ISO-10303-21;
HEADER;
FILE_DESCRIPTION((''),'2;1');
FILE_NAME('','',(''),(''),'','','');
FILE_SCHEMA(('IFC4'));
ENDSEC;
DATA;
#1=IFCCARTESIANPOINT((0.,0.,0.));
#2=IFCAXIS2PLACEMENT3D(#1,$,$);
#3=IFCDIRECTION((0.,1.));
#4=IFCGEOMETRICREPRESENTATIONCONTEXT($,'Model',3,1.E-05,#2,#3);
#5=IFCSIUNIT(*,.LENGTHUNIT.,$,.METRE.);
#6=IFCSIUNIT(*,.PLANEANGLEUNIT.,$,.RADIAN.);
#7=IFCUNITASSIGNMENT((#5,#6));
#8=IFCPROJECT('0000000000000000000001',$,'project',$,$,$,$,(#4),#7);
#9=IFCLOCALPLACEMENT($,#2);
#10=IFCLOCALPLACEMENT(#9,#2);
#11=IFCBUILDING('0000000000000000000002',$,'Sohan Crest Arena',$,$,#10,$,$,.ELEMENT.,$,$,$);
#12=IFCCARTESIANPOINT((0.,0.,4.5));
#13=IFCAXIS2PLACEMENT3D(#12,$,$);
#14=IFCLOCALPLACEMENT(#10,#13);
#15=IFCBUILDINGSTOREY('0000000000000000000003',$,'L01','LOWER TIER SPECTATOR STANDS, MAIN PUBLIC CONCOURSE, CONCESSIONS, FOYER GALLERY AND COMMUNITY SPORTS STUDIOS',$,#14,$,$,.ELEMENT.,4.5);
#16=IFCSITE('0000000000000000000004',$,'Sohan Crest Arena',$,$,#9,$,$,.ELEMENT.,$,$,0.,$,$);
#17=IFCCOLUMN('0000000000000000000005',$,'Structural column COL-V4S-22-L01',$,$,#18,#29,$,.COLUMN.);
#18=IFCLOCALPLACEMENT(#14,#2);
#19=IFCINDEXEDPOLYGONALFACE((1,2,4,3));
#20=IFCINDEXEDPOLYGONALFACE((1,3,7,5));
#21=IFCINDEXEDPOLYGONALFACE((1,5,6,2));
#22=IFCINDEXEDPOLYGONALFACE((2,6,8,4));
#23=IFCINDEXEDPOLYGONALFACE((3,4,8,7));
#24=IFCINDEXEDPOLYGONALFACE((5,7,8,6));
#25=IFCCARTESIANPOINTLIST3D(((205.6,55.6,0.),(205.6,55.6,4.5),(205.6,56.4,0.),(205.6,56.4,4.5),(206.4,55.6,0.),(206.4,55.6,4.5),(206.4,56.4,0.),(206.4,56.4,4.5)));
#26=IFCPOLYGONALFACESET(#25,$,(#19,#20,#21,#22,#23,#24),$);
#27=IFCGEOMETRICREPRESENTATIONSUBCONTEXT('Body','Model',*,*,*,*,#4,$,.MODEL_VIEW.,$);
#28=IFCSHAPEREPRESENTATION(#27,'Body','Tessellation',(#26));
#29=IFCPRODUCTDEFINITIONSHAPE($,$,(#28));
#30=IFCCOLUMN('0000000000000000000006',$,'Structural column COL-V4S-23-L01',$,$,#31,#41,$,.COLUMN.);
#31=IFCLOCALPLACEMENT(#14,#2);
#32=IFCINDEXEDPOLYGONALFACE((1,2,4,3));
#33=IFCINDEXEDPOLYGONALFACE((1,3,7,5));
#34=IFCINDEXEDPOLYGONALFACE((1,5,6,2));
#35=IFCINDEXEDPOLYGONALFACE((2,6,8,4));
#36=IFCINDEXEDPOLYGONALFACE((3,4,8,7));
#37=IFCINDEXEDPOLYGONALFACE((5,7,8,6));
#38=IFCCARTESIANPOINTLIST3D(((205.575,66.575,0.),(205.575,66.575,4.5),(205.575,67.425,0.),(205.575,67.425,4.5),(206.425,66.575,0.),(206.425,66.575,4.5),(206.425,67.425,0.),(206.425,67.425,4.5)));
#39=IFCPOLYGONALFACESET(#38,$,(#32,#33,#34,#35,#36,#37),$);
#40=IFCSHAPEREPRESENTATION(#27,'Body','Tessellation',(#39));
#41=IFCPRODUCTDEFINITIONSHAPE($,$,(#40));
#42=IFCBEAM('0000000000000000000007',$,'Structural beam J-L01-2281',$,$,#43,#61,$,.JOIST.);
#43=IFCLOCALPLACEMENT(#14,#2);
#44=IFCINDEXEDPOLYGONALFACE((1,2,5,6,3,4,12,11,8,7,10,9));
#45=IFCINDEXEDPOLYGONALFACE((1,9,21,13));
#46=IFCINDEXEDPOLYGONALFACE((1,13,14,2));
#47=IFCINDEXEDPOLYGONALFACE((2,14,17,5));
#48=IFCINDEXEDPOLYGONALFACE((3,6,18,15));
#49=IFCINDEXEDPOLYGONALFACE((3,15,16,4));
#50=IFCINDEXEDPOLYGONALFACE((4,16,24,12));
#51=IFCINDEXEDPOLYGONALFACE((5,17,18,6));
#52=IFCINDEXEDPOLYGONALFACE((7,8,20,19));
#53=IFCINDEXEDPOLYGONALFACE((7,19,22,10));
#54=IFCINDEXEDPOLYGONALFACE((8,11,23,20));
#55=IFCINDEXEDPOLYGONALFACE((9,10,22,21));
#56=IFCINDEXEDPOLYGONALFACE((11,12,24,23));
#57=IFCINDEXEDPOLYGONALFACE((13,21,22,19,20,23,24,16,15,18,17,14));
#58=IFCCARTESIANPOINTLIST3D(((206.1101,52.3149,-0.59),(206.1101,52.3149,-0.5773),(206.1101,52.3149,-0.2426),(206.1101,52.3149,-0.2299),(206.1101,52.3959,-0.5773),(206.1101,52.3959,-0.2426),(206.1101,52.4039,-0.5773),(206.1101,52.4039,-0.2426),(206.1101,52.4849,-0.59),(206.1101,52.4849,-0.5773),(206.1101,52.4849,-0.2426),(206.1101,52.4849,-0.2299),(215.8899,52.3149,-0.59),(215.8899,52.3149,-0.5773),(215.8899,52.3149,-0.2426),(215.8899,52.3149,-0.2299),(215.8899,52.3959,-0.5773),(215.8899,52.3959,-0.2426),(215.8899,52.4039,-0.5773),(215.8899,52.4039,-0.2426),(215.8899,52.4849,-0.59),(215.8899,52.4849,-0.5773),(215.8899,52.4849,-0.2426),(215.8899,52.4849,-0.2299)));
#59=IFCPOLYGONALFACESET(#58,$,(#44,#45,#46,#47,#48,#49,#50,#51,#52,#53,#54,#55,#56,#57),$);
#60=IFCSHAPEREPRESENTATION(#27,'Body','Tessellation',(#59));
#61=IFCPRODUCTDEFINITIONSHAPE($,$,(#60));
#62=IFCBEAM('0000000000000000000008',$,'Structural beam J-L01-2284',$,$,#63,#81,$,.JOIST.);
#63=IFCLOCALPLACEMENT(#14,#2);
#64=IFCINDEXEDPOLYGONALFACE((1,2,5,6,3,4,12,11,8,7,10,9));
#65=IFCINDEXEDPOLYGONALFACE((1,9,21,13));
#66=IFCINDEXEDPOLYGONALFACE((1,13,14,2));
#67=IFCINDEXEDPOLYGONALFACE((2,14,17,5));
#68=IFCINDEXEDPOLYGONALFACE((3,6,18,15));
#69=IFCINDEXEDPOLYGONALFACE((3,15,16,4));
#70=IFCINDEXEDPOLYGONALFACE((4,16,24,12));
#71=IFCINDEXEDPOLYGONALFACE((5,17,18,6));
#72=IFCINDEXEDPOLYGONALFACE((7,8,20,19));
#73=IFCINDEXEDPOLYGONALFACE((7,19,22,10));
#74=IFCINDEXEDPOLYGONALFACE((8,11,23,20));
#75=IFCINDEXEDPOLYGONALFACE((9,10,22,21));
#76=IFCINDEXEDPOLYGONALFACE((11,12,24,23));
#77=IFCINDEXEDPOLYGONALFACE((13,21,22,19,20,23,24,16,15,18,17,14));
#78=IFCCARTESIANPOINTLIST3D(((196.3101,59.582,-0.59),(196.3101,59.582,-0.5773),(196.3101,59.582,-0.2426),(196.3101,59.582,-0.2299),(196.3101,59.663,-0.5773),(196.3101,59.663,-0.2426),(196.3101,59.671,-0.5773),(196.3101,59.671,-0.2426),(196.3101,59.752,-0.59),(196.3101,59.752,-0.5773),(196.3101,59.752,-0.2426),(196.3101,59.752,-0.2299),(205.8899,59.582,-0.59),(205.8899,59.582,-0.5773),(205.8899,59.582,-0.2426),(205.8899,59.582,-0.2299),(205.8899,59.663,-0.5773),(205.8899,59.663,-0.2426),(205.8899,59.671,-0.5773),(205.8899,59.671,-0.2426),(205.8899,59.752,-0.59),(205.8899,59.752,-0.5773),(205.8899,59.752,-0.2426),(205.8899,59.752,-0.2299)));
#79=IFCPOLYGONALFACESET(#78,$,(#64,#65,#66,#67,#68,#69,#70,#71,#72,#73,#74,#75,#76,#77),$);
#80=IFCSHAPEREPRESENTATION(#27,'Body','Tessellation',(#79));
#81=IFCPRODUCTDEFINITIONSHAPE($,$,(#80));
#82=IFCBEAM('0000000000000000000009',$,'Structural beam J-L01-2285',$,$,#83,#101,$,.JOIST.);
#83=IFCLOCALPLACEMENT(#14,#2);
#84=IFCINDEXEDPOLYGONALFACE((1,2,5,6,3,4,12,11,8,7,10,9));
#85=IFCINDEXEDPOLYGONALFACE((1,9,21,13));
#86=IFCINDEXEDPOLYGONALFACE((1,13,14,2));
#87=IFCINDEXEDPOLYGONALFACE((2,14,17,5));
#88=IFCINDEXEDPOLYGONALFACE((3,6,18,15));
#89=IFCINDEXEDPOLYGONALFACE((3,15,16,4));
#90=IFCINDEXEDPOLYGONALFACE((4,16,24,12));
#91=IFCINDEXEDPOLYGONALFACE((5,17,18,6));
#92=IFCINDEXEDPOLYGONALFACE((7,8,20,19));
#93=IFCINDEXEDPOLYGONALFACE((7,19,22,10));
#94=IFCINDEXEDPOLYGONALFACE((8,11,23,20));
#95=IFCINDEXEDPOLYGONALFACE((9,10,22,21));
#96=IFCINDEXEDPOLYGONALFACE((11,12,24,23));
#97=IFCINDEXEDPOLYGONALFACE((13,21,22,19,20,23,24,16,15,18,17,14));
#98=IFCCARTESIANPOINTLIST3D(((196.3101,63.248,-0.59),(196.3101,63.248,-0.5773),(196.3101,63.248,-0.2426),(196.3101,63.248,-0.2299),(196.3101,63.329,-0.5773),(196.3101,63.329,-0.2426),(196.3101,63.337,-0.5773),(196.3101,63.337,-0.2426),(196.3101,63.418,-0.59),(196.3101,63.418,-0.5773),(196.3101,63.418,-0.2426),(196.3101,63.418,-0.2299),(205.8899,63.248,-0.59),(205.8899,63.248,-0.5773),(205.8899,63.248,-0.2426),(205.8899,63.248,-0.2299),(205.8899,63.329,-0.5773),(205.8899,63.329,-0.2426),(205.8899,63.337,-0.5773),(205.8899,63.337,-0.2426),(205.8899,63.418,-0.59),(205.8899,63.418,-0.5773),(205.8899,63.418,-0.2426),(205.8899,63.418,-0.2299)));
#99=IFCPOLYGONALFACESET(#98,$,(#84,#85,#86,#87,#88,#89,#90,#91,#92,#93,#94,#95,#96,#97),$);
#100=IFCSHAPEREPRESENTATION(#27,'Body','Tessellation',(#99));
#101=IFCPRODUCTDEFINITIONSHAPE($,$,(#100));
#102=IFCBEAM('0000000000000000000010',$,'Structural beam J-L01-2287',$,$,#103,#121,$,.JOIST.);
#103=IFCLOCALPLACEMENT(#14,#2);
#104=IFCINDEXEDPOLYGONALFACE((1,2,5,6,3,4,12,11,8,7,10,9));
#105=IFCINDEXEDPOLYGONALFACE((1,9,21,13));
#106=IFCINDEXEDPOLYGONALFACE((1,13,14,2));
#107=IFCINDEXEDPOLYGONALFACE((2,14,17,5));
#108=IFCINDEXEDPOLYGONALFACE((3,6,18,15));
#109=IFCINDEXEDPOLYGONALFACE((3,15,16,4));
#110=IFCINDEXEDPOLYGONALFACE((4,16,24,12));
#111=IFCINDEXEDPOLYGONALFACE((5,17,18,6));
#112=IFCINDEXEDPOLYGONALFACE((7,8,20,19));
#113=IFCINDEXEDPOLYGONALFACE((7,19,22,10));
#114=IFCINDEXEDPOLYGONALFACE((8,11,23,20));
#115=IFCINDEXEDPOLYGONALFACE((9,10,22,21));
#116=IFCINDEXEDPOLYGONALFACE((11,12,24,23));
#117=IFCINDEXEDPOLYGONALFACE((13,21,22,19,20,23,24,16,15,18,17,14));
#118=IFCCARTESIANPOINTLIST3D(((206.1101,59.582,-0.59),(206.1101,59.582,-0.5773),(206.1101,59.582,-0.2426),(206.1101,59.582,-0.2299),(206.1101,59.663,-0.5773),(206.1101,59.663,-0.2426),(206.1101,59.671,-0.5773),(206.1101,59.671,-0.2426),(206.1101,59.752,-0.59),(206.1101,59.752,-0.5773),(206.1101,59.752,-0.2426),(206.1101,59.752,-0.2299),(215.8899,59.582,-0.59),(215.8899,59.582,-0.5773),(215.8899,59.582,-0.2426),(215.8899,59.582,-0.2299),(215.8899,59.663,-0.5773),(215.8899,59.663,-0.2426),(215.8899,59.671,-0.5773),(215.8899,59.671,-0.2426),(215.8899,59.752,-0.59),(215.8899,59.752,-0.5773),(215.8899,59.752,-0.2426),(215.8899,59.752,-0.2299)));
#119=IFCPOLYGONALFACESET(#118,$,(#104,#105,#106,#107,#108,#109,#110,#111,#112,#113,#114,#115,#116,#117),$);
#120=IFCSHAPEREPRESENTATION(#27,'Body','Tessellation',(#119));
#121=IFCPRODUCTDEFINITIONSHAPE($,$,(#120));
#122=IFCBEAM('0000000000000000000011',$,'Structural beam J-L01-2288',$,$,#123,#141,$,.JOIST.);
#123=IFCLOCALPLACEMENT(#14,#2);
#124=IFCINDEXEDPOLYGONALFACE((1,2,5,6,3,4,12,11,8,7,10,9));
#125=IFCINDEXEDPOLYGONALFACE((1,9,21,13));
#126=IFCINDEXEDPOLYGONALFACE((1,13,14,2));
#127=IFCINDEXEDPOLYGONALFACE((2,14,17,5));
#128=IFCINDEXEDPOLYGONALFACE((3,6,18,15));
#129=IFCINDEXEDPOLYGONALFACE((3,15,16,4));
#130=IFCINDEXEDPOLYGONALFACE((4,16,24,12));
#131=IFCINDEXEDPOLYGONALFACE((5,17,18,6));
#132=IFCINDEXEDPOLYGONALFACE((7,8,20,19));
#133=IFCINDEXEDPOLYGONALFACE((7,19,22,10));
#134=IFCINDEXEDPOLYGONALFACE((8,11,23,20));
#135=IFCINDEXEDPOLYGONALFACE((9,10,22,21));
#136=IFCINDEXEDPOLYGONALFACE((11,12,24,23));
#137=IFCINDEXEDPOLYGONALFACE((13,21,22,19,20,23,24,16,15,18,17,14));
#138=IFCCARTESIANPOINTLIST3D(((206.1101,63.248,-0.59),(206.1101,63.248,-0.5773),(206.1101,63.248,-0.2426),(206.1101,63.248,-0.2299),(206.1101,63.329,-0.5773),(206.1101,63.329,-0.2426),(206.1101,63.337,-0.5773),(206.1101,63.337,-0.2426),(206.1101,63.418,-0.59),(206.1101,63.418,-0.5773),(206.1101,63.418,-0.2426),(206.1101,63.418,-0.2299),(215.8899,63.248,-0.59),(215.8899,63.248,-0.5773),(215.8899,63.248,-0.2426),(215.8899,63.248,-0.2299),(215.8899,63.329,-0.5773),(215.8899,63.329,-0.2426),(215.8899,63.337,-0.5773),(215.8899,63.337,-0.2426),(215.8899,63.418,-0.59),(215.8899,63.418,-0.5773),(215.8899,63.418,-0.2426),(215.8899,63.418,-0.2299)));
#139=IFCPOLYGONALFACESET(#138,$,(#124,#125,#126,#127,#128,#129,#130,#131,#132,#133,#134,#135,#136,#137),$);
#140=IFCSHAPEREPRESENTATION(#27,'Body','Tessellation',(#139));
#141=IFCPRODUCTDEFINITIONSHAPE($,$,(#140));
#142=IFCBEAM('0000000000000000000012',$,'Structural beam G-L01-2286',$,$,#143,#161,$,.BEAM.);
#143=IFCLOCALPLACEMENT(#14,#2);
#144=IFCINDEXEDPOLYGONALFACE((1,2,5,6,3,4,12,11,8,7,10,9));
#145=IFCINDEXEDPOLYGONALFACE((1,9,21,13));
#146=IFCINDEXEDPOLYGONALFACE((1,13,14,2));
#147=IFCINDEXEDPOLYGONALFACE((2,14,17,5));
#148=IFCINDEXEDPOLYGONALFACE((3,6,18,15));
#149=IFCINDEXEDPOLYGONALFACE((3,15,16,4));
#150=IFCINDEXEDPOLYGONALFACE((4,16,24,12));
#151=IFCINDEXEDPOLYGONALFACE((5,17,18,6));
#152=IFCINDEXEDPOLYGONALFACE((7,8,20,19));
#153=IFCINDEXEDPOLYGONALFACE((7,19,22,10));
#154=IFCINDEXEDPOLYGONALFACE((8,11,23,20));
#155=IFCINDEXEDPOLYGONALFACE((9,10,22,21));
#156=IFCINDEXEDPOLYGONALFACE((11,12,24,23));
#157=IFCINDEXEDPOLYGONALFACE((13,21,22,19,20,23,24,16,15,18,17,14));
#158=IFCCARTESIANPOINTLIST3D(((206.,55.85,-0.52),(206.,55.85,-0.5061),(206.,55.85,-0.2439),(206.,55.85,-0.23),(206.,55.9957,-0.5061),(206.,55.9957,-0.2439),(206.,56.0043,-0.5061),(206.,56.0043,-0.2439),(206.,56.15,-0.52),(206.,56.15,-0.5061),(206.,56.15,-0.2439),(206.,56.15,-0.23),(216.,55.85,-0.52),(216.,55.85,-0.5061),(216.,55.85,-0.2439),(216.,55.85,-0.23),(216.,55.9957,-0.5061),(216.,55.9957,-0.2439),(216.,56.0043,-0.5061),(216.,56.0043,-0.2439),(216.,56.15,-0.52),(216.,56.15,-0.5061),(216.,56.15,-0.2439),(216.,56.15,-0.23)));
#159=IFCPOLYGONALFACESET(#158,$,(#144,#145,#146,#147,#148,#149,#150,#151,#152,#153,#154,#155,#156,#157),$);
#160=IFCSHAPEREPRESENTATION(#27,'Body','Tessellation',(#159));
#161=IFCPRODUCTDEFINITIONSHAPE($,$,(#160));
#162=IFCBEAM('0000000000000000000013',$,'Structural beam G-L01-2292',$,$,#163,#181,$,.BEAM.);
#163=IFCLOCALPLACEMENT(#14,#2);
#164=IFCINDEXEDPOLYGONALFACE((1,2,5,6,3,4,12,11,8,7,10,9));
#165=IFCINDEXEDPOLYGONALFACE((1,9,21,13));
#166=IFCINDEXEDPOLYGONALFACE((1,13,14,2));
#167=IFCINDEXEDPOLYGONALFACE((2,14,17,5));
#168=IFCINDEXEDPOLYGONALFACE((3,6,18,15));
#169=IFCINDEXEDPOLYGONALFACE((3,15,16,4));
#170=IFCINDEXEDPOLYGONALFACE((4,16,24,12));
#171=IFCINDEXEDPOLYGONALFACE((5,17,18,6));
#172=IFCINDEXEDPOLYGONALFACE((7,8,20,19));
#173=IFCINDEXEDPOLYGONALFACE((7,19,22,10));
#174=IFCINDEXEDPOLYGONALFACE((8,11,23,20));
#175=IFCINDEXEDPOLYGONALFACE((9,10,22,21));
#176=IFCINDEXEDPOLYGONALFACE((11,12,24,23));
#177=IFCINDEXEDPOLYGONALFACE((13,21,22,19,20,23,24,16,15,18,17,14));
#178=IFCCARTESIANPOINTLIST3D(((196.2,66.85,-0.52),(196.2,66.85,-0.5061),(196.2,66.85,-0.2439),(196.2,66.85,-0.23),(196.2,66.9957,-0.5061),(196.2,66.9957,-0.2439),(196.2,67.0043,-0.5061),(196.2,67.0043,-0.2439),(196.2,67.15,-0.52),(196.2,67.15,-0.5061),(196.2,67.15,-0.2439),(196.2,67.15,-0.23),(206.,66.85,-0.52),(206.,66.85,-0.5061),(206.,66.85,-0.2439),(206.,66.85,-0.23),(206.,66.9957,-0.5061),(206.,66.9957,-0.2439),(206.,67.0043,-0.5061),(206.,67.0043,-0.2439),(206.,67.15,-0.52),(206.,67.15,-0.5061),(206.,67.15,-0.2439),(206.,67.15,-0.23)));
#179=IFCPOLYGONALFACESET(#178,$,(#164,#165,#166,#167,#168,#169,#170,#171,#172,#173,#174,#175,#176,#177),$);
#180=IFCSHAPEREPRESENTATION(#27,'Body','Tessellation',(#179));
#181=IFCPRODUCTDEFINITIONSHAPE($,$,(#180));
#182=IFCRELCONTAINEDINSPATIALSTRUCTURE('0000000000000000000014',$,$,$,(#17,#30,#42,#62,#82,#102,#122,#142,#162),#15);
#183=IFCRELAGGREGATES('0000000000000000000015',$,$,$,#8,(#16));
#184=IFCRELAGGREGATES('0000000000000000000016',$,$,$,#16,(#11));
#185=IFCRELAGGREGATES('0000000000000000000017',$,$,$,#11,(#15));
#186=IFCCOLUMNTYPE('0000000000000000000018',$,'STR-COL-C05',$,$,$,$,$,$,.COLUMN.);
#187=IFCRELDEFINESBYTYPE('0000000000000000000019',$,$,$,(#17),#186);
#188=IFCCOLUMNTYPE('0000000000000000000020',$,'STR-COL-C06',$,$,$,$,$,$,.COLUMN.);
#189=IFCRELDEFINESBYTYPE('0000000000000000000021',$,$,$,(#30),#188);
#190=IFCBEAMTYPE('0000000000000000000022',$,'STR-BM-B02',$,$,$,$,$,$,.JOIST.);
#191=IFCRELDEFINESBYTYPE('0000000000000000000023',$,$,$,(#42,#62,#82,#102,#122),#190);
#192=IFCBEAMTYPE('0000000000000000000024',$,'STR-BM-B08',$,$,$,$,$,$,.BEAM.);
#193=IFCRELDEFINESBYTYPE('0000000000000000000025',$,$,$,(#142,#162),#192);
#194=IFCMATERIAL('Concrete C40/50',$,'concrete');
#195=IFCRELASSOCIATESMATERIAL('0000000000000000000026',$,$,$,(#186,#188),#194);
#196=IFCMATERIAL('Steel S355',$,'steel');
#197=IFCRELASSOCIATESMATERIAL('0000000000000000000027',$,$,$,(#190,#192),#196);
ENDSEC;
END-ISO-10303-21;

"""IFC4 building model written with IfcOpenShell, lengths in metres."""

from ifc_helpers import new_model, si_unit, direction, frame, origin, origin_2d, place, context, subcontext, project, spatial, rectangle, i_section, extrude, material, material_profile, profile_set, type_object, element, save


model = new_model("IFC4")

# Units and contexts
model_context = context("Model", 3, precision=1e-05, world=origin(), true_north=direction((0.0, 1.0)))
body_context = subcontext(model_context, "Body", "Model", "MODEL_VIEW")
ifc_project = project(units=[si_unit("LENGTHUNIT", "METRE"), si_unit("PLANEANGLEUNIT", "RADIAN")], contexts=[model_context])

# Site, building, storey
site_placement = place(None, origin())
site = spatial("IfcSite", under=ifc_project, at=site_placement, Name="Sohan Crest Arena", CompositionType="ELEMENT", RefElevation=0.0)
building_placement = place(site_placement, origin())
building = spatial("IfcBuilding", under=site, at=building_placement, Name="Sohan Crest Arena", CompositionType="ELEMENT")
storey_placement = place(building_placement, frame((0.0, 0.0, 4.5)))
storey = spatial("IfcBuildingStorey", under=building, at=storey_placement, Name="L01", Description="LOWER TIER SPECTATOR STANDS, MAIN PUBLIC CONCOURSE, CONCESSIONS, FOYER GALLERY AND COMMUNITY SPORTS STUDIOS", CompositionType="ELEMENT", Elevation=4.5)

# Columns
ifc_material_1 = material(Name="Concrete C40/50", Category="concrete")
ifc_material_profile_1 = material_profile(ifc_material_1, rectangle(XDim=0.8, YDim=0.8, at=origin_2d()), Name="RC 800x800")
ifc_profile_set_1 = profile_set([ifc_material_profile_1], Name="Concrete C40/50")
column_type_1 = type_object("IfcColumnType", Name="STR-COL-C05", PredefinedType="COLUMN", material=ifc_profile_set_1)
column_1_placement = place(storey_placement, frame((206.0, 56.0, 0.0), z_axis=(0.0, 0.0, 1.0), x_axis=(1.0, 0.0, 0.0)))
element("IfcColumn", 1, at=column_1_placement, inside=storey, type_object=column_type_1, Name="Structural column COL-V4S-22-L01", PredefinedType="COLUMN", context=body_context, shape_type="SweptSolid", body=[
    extrude(rectangle(XDim=0.8, YDim=0.8, at=origin_2d()), origin(), (0.0, 0.0, 1.0), 4.5),
])
ifc_material_profile_2 = material_profile(ifc_material_1, rectangle(XDim=0.8501, YDim=0.8501, at=origin_2d()), Name="RC 850x850")
ifc_profile_set_2 = profile_set([ifc_material_profile_2], Name="Concrete C40/50")
column_type_2 = type_object("IfcColumnType", Name="STR-COL-C06", PredefinedType="COLUMN", material=ifc_profile_set_2)
column_2_placement = place(storey_placement, frame((206.0, 67.0, 0.0), z_axis=(0.0, 0.0, 1.0), x_axis=(1.0, 0.0, 0.0)))
element("IfcColumn", 2, at=column_2_placement, inside=storey, type_object=column_type_2, Name="Structural column COL-V4S-23-L01", PredefinedType="COLUMN", context=body_context, shape_type="SweptSolid", body=[
    extrude(rectangle(XDim=0.8501, YDim=0.8501, at=origin_2d()), origin(), (0.0, 0.0, 1.0), 4.5),
])

# Beams
ifc_material_2 = material(Name="Steel S355", Category="steel")
ifc_material_profile_3 = material_profile(ifc_material_2, i_section(OverallWidth=0.1699, OverallDepth=0.3601, WebThickness=0.0081, FlangeThickness=0.0127, at=origin_2d()), Name="IPE 360")
ifc_profile_set_3 = profile_set([ifc_material_profile_3], Name="Steel S355")
beam_type_1 = type_object("IfcBeamType", Name="STR-BM-B02", PredefinedType="JOIST", material=ifc_profile_set_3)
beam_1_placement = place(storey_placement, frame((206.1101, 52.3999, -0.4099), z_axis=(1.0, 0.0, 0.0), x_axis=(0.0, 1.0, 0.0)))
element("IfcBeam", 3, at=beam_1_placement, inside=storey, type_object=beam_type_1, Name="Structural beam J-L01-2281", PredefinedType="JOIST", context=body_context, shape_type="SweptSolid", body=[
    extrude(i_section(OverallWidth=0.1699, OverallDepth=0.3601, WebThickness=0.0081, FlangeThickness=0.0127, at=origin_2d()), origin(), (0.0, 0.0, 1.0), 9.7798),
])
for number, where, z_axis, x_axis, name in (
    (4, (196.3101, 59.667, -0.4099), (1.0, 0.0, 0.0), (0.0, 1.0, 0.0), "Structural beam J-L01-2284"),
    (5, (196.3101, 63.333, -0.4099), (1.0, 0.0, 0.0), (0.0, 1.0, 0.0), "Structural beam J-L01-2285"),
):
    element("IfcBeam", number, at=place(storey_placement, frame(where, z_axis=z_axis, x_axis=x_axis)), inside=storey, type_object=beam_type_1, Name=name, PredefinedType="JOIST", context=body_context, shape_type="SweptSolid", body=[
        extrude(i_section(OverallWidth=0.1699, OverallDepth=0.3601, WebThickness=0.0081, FlangeThickness=0.0127, at=origin_2d()), origin(), (0.0, 0.0, 1.0), 9.5798),
    ])
for number, where, z_axis, x_axis, name in (
    (6, (206.1101, 59.667, -0.4099), (1.0, 0.0, 0.0), (0.0, 1.0, 0.0), "Structural beam J-L01-2287"),
    (7, (206.1101, 63.333, -0.4099), (1.0, 0.0, 0.0), (0.0, 1.0, 0.0), "Structural beam J-L01-2288"),
):
    element("IfcBeam", number, at=place(storey_placement, frame(where, z_axis=z_axis, x_axis=x_axis)), inside=storey, type_object=beam_type_1, Name=name, PredefinedType="JOIST", context=body_context, shape_type="SweptSolid", body=[
        extrude(i_section(OverallWidth=0.1699, OverallDepth=0.3601, WebThickness=0.0081, FlangeThickness=0.0127, at=origin_2d()), origin(), (0.0, 0.0, 1.0), 9.7798),
    ])
ifc_material_profile_4 = material_profile(ifc_material_2, i_section(OverallWidth=0.3, OverallDepth=0.29, WebThickness=0.0085, FlangeThickness=0.0139, at=origin_2d()), Name="HEA 300")
ifc_profile_set_4 = profile_set([ifc_material_profile_4], Name="Steel S355")
beam_type_2 = type_object("IfcBeamType", Name="STR-BM-B08", PredefinedType="BEAM", material=ifc_profile_set_4)
beam_2_placement = place(storey_placement, frame((206.0, 56.0, -0.375), z_axis=(1.0, 0.0, 0.0), x_axis=(0.0, 1.0, 0.0)))
element("IfcBeam", 8, at=beam_2_placement, inside=storey, type_object=beam_type_2, Name="Structural beam G-L01-2286", PredefinedType="BEAM", context=body_context, shape_type="SweptSolid", body=[
    extrude(i_section(OverallWidth=0.3, OverallDepth=0.29, WebThickness=0.0085, FlangeThickness=0.0139, at=origin_2d()), origin(), (0.0, 0.0, 1.0), 10.0),
])
beam_3_placement = place(storey_placement, frame((196.2, 67.0, -0.375), z_axis=(1.0, 0.0, 0.0), x_axis=(0.0, 1.0, 0.0)))
element("IfcBeam", 9, at=beam_3_placement, inside=storey, type_object=beam_type_2, Name="Structural beam G-L01-2292", PredefinedType="BEAM", context=body_context, shape_type="SweptSolid", body=[
    extrude(i_section(OverallWidth=0.3, OverallDepth=0.29, WebThickness=0.0085, FlangeThickness=0.0139, at=origin_2d()), origin(), (0.0, 0.0, 1.0), 9.8),
])

save(model, "model.ifc")
